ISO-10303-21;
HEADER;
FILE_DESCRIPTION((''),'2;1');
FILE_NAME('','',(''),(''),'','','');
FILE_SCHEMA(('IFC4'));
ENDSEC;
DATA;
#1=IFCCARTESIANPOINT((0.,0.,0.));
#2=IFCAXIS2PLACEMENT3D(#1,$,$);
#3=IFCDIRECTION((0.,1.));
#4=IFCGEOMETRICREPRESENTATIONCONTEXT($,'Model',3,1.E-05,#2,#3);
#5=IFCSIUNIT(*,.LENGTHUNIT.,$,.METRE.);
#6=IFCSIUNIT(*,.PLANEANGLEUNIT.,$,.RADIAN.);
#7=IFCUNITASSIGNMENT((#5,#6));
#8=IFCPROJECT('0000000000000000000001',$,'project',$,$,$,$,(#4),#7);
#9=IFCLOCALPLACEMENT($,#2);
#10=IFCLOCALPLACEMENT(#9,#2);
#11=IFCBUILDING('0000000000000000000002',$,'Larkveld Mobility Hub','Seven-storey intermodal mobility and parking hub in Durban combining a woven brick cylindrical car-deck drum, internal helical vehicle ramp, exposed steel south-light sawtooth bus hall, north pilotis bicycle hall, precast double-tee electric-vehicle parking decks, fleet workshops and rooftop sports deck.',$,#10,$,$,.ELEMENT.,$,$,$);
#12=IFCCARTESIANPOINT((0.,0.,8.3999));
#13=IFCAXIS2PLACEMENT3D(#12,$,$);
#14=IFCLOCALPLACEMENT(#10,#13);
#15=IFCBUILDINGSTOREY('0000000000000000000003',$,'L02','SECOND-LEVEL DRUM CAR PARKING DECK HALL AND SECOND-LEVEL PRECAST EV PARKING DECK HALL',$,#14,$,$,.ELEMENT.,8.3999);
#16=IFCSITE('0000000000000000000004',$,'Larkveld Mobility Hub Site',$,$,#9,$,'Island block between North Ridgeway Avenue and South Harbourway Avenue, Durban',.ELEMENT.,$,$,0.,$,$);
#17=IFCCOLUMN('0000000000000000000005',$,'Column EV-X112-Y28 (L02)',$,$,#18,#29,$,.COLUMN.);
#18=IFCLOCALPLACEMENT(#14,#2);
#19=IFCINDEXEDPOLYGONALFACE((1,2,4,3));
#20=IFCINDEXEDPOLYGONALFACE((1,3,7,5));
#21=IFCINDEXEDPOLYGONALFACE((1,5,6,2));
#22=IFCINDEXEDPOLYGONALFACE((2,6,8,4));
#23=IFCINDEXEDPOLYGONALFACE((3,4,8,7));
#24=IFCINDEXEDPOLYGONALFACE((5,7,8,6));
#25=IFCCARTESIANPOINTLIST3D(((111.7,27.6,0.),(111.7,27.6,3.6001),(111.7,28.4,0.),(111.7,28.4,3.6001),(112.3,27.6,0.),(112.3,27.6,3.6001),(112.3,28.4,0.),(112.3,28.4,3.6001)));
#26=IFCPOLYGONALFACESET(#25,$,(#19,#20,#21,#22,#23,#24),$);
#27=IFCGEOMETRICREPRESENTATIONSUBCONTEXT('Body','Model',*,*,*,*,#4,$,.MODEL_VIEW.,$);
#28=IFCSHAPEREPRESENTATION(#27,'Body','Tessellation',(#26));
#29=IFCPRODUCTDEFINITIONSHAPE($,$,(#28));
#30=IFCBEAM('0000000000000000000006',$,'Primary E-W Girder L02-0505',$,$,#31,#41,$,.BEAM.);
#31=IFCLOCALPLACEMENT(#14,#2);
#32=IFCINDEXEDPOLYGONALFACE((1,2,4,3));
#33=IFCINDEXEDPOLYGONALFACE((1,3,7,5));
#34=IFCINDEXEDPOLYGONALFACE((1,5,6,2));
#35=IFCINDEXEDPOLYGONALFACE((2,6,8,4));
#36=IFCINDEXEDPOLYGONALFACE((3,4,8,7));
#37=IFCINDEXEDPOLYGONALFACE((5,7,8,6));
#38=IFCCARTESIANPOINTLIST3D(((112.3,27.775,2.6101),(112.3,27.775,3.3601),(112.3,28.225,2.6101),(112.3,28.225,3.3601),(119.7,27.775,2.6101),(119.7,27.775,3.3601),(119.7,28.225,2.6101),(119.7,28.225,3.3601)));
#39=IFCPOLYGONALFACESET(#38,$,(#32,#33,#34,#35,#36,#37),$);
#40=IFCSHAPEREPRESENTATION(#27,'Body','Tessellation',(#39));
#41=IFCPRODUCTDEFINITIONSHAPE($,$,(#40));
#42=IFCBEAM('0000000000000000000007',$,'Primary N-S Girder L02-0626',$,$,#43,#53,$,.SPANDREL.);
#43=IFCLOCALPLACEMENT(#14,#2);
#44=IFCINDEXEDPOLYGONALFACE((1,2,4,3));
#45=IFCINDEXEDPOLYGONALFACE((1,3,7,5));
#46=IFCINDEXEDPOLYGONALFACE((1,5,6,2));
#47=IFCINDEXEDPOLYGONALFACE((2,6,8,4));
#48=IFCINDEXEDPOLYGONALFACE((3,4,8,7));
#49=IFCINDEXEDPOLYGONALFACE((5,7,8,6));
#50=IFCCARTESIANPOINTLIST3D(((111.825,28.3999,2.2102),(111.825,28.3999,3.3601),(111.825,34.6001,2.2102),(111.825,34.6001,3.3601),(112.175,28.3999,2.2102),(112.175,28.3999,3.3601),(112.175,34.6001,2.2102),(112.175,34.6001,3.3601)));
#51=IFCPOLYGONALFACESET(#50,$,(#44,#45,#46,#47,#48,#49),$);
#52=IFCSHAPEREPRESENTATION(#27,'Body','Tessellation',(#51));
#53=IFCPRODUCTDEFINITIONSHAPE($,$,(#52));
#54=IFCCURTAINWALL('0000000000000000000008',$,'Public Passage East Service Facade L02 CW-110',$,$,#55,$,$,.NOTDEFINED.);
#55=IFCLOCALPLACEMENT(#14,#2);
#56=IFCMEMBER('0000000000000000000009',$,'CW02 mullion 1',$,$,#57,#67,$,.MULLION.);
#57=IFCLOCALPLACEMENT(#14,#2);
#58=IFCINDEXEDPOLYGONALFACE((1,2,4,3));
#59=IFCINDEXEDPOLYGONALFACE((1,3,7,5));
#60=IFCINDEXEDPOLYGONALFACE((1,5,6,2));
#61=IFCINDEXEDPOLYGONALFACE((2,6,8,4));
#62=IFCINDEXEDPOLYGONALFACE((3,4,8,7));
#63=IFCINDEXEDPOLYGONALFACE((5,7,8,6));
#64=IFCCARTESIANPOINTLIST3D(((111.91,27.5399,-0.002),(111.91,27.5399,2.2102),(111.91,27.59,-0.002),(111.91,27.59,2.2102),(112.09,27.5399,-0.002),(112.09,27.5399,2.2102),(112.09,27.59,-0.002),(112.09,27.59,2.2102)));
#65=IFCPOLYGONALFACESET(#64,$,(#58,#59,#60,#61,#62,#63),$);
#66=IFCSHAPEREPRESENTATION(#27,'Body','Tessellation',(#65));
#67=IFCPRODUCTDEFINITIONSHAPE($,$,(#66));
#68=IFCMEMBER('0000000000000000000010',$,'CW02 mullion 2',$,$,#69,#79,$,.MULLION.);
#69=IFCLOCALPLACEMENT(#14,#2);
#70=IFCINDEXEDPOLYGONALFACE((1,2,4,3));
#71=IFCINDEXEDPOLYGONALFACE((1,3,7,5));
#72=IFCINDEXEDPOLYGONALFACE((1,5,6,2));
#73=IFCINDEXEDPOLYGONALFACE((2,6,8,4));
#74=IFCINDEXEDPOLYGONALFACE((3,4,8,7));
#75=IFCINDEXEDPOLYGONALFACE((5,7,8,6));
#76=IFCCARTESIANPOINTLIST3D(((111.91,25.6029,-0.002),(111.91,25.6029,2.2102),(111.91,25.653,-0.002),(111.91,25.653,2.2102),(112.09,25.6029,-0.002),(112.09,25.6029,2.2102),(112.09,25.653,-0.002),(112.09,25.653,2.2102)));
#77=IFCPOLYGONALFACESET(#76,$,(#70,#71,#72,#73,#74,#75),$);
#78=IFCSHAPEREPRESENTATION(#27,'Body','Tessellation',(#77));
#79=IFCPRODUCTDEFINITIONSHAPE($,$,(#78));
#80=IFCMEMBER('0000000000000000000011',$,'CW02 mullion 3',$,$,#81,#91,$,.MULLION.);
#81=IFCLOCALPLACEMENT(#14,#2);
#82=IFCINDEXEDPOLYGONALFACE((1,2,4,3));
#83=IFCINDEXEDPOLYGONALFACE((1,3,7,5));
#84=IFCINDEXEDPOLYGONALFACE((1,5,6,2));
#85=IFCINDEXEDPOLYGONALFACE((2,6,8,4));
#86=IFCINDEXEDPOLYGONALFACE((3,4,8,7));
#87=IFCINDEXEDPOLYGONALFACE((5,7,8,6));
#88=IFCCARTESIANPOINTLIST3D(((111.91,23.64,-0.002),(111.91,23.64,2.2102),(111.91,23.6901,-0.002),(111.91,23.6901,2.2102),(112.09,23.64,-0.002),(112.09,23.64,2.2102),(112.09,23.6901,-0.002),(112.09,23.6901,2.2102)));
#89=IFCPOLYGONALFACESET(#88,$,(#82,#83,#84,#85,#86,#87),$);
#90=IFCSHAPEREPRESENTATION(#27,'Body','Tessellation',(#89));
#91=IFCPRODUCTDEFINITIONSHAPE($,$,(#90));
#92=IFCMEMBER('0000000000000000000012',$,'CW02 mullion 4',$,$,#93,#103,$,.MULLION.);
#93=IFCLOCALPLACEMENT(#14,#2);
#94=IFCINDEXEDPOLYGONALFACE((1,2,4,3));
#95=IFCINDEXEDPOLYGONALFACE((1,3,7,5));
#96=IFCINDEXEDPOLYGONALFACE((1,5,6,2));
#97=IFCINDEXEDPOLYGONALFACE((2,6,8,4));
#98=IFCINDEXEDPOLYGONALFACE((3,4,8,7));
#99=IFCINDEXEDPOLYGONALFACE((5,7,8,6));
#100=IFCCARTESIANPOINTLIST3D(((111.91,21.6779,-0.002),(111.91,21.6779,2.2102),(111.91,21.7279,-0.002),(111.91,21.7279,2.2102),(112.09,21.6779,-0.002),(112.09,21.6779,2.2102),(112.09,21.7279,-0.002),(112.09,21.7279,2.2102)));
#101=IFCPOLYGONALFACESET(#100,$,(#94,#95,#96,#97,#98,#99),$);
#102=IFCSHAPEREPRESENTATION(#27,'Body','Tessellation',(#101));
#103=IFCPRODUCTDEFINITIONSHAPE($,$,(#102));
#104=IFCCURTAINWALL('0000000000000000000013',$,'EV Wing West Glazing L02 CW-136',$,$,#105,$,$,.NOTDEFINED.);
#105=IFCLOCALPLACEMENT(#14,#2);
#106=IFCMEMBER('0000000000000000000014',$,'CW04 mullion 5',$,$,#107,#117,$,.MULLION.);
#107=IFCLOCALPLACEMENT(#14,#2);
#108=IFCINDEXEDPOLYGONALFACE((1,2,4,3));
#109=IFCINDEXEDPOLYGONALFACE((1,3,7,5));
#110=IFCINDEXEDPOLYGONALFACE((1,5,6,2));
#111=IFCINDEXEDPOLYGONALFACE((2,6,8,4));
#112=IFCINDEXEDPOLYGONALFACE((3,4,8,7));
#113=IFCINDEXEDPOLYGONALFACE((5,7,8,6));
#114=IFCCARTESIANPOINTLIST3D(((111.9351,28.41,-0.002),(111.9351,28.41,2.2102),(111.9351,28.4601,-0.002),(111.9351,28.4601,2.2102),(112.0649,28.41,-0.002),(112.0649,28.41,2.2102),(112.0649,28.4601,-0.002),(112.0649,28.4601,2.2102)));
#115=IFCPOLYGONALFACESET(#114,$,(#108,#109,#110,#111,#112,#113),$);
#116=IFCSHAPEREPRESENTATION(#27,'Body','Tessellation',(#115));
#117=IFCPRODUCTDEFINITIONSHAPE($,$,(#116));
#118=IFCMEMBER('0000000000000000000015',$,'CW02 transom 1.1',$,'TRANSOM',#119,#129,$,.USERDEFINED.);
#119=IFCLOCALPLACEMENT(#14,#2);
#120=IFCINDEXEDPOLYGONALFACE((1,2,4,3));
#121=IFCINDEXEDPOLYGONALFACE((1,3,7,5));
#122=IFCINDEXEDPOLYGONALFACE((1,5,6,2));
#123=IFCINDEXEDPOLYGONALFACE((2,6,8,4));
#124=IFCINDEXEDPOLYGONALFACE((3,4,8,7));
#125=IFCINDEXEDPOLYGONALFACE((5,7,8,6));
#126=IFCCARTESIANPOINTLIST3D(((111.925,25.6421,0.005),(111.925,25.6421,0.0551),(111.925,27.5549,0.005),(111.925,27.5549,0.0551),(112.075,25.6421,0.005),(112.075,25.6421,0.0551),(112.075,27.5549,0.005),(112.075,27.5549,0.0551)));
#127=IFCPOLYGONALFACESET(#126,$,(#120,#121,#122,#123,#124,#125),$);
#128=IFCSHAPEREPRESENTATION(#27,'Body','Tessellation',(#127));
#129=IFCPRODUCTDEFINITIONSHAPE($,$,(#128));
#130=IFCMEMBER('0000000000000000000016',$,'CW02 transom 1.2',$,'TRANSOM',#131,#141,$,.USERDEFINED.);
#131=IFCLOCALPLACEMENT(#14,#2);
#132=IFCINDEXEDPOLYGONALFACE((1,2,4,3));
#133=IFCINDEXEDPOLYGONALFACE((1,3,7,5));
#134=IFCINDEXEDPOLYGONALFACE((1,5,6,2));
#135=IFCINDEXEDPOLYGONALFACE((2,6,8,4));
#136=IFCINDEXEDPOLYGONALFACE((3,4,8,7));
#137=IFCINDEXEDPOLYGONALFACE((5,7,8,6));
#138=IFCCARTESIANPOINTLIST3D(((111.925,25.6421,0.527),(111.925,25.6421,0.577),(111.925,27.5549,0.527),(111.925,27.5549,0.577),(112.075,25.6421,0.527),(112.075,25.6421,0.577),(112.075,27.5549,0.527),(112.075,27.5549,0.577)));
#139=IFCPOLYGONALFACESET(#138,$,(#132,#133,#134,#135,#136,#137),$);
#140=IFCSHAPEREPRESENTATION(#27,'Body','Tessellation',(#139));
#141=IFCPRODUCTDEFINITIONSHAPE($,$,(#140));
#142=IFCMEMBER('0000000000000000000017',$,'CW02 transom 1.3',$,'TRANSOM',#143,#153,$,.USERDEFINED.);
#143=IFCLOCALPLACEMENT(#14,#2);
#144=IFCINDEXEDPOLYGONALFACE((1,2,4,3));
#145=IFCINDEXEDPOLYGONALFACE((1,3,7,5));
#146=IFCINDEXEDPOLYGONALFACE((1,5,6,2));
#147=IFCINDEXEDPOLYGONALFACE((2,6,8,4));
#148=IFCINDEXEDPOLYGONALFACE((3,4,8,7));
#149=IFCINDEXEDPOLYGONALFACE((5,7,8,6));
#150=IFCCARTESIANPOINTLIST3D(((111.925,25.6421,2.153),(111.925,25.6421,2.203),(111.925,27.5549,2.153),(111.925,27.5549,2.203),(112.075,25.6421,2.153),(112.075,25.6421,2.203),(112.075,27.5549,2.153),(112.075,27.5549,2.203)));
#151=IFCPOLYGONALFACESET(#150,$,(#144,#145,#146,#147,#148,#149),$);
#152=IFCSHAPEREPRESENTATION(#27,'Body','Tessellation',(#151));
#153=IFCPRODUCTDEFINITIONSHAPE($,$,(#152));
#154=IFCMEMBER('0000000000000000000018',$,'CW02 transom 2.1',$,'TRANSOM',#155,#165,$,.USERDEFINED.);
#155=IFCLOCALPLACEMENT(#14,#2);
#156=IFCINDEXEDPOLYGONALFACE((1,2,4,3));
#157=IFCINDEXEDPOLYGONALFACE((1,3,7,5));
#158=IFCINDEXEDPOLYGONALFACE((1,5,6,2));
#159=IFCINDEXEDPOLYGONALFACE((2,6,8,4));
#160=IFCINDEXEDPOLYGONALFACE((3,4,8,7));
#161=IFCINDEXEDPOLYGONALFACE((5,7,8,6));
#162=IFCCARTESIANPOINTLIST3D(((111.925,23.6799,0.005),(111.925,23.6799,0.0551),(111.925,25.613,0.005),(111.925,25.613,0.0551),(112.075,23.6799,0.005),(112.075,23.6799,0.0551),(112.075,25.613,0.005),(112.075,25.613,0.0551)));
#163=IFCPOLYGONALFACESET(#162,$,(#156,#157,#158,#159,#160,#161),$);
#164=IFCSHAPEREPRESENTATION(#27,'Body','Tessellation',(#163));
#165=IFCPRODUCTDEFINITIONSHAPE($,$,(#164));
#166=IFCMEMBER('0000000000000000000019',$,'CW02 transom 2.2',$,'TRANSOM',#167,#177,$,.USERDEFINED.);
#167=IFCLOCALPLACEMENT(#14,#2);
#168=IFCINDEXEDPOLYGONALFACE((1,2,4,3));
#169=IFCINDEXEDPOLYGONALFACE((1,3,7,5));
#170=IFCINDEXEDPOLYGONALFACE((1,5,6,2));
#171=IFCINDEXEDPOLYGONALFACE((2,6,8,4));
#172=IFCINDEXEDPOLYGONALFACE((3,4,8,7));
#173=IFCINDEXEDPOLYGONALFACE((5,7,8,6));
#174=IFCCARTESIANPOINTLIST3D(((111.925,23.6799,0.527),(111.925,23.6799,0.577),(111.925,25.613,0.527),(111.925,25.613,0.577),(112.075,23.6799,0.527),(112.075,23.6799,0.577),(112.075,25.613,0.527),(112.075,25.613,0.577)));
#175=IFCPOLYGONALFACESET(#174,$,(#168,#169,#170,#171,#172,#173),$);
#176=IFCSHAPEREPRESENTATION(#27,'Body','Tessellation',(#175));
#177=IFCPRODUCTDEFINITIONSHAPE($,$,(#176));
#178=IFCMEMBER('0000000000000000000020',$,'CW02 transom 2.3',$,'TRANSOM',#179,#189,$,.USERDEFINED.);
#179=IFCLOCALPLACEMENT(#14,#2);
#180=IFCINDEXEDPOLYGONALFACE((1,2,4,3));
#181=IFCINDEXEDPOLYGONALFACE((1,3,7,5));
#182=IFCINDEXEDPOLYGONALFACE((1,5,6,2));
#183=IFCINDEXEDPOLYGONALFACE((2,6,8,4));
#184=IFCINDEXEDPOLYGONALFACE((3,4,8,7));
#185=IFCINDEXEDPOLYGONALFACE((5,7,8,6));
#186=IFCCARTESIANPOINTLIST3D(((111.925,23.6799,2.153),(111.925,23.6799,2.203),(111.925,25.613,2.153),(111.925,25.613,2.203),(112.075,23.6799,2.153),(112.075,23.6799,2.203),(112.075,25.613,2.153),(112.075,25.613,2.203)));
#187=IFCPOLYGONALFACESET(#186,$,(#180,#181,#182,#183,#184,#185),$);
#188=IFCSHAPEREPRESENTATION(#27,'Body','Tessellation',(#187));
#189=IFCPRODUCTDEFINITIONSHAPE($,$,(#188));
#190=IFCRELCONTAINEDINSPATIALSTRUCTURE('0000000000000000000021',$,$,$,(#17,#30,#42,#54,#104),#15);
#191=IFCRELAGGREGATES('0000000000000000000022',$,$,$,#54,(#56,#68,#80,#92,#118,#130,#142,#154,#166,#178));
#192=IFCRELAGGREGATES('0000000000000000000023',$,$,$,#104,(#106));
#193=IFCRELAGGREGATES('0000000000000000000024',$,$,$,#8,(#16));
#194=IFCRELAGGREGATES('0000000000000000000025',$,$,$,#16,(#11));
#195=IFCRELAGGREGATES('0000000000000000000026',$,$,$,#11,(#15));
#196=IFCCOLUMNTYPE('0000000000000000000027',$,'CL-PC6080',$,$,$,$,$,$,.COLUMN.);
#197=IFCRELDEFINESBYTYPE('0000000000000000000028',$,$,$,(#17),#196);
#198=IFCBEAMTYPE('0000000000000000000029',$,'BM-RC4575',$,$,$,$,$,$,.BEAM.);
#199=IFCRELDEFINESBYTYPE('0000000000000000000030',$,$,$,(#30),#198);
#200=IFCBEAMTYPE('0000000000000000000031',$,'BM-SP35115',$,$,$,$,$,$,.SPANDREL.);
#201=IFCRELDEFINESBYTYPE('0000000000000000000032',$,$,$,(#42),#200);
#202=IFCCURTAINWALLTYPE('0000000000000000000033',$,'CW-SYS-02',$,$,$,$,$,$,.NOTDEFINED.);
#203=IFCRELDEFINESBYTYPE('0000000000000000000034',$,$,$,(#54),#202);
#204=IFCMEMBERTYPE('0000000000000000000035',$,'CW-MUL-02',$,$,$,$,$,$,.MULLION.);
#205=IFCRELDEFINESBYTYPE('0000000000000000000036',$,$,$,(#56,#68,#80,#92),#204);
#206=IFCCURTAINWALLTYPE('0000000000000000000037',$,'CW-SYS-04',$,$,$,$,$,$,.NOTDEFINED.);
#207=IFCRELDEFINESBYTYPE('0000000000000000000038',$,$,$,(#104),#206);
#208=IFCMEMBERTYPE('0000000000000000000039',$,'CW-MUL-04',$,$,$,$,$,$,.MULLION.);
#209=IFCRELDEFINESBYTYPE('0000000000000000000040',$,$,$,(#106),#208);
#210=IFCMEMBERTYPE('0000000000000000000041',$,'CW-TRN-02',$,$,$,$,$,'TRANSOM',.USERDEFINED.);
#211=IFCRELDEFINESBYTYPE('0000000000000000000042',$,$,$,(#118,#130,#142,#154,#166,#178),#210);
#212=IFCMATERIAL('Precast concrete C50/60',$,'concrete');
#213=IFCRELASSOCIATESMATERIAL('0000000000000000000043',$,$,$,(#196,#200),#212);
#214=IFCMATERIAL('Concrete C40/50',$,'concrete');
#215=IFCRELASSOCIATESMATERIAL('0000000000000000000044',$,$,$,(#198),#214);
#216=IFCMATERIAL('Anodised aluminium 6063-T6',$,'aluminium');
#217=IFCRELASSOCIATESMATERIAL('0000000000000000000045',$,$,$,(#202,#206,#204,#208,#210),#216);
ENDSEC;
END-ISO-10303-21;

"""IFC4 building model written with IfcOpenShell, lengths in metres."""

from ifc_helpers import new_model, si_unit, direction, frame, origin, origin_2d, place, context, subcontext, project, spatial, rectangle, extrude, material, material_profile, profile_set, type_object, element, aggregate, save


model = new_model("IFC4")

# Units and contexts
model_context = context("Model", 3, precision=1e-05, world=origin(), true_north=direction((0.0, 1.0)))
body_context = subcontext(model_context, "Body", "Model", "MODEL_VIEW")
ifc_project = project(units=[si_unit("LENGTHUNIT", "METRE"), si_unit("PLANEANGLEUNIT", "RADIAN")], contexts=[model_context])

# Site, building, storey
site_placement = place(None, origin())
site = spatial("IfcSite", under=ifc_project, at=site_placement, Name="Larkveld Mobility Hub Site", LongName="Island block between North Ridgeway Avenue and South Harbourway Avenue, Durban", CompositionType="ELEMENT", RefElevation=0.0)
building_placement = place(site_placement, origin())
building = spatial("IfcBuilding", under=site, at=building_placement, Name="Larkveld Mobility Hub", Description="Seven-storey intermodal mobility and parking hub in Durban combining a woven brick cylindrical car-deck drum, internal helical vehicle ramp, exposed steel south-light sawtooth bus hall, north pilotis bicycle hall, precast double-tee electric-vehicle parking decks, fleet workshops and rooftop sports deck.", CompositionType="ELEMENT")
storey_placement = place(building_placement, frame((0.0, 0.0, 8.3999)))
storey = spatial("IfcBuildingStorey", under=building, at=storey_placement, Name="L02", Description="SECOND-LEVEL DRUM CAR PARKING DECK HALL AND SECOND-LEVEL PRECAST EV PARKING DECK HALL", CompositionType="ELEMENT", Elevation=8.3999)

# Column
ifc_material_1 = material(Name="Precast concrete C50/60", Category="concrete")
ifc_material_profile_1 = material_profile(ifc_material_1, rectangle(XDim=0.6001, YDim=0.8, at=origin_2d()), Name="RC COL 600x800")
ifc_profile_set_1 = profile_set([ifc_material_profile_1], Name="Precast concrete C50/60")
column_type = type_object("IfcColumnType", Name="CL-PC6080", PredefinedType="COLUMN", material=ifc_profile_set_1)
column_placement = place(storey_placement, frame((112.0, 28.0, 0.0), z_axis=(0.0, 0.0, 1.0), x_axis=(1.0, 0.0, 0.0)))
element("IfcColumn", 1, at=column_placement, inside=storey, type_object=column_type, Name="Column EV-X112-Y28 (L02)", PredefinedType="COLUMN", context=body_context, shape_type="SweptSolid", body=[
    extrude(rectangle(XDim=0.6001, YDim=0.8, at=origin_2d()), origin(), (0.0, 0.0, 1.0), 3.6001),
])

# Beams
ifc_material_2 = material(Name="Concrete C40/50", Category="concrete")
ifc_material_profile_2 = material_profile(ifc_material_2, rectangle(XDim=0.45, YDim=0.75, at=origin_2d()), Name="RC BM 450x750")
ifc_profile_set_2 = profile_set([ifc_material_profile_2], Name="Concrete C40/50")
beam_type_1 = type_object("IfcBeamType", Name="BM-RC4575", PredefinedType="BEAM", material=ifc_profile_set_2)
beam_1_placement = place(storey_placement, frame((112.3, 28.0, 2.9851), z_axis=(1.0, 0.0, 0.0), x_axis=(0.0, 1.0, 0.0)))
element("IfcBeam", 2, at=beam_1_placement, inside=storey, type_object=beam_type_1, Name="Primary E-W Girder L02-0505", PredefinedType="BEAM", context=body_context, shape_type="SweptSolid", body=[
    extrude(rectangle(XDim=0.45, YDim=0.75, at=origin_2d()), origin(), (0.0, 0.0, 1.0), 7.3999),
])
ifc_material_profile_3 = material_profile(ifc_material_1, rectangle(XDim=0.3501, YDim=1.1499, at=origin_2d()), Name="PC SP 350x1150")
ifc_profile_set_3 = profile_set([ifc_material_profile_3], Name="Precast concrete C50/60")
beam_type_2 = type_object("IfcBeamType", Name="BM-SP35115", PredefinedType="SPANDREL", material=ifc_profile_set_3)
beam_2_placement = place(storey_placement, frame((112.0, 28.3999, 2.7852), z_axis=(0.0, 1.0, 0.0), x_axis=(-1.0, 0.0, 0.0)))
element("IfcBeam", 3, at=beam_2_placement, inside=storey, type_object=beam_type_2, Name="Primary N-S Girder L02-0626", PredefinedType="SPANDREL", context=body_context, shape_type="SweptSolid", body=[
    extrude(rectangle(XDim=0.3501, YDim=1.1499, at=origin_2d()), origin(), (0.0, 0.0, 1.0), 6.2002),
])

# Curtain wall, members
ifc_material_3 = material(Name="Anodised aluminium 6063-T6", Category="aluminium")
curtain_wall_type_1 = type_object("IfcCurtainWallType", Name="CW-SYS-02", PredefinedType="NOTDEFINED", material=ifc_material_3)
curtain_wall_1_placement = place(storey_placement, origin())
curtain_wall_1 = element("IfcCurtainWall", 4, at=curtain_wall_1_placement, inside=storey, type_object=curtain_wall_type_1, Name="Public Passage East Service Facade L02 CW-110", PredefinedType="NOTDEFINED")
ifc_material_profile_4 = material_profile(ifc_material_3, rectangle(XDim=0.05, YDim=0.1799, at=origin_2d()), Name="ALU MULL 50x180")
ifc_profile_set_4 = profile_set([ifc_material_profile_4], Name="Anodised aluminium 6063-T6")
member_type_1 = type_object("IfcMemberType", Name="CW-MUL-02", PredefinedType="MULLION", material=ifc_profile_set_4)
member_1_placement = place(storey_placement, frame((112.0, 27.5649, -0.002), z_axis=(0.0, 0.0, 1.0), x_axis=(0.0, -1.0, 0.0)))
member_1 = element("IfcMember", 5, at=member_1_placement, type_object=member_type_1, Name="CW02 mullion 1", PredefinedType="MULLION", context=body_context, shape_type="SweptSolid", body=[
    extrude(rectangle(XDim=0.05, YDim=0.1799, at=origin_2d()), origin(), (0.0, 0.0, 1.0), 2.2122),
])
member_2_placement = place(storey_placement, frame((112.0, 25.6279, -0.002), z_axis=(0.0, 0.0, 1.0), x_axis=(0.0, -1.0, 0.0)))
member_2 = element("IfcMember", 6, at=member_2_placement, type_object=member_type_1, Name="CW02 mullion 2", PredefinedType="MULLION", context=body_context, shape_type="SweptSolid", body=[
    extrude(rectangle(XDim=0.05, YDim=0.1799, at=origin_2d()), origin(), (0.0, 0.0, 1.0), 2.2122),
])
member_3_placement = place(storey_placement, frame((112.0, 23.665, -0.002), z_axis=(0.0, 0.0, 1.0), x_axis=(0.0, -1.0, 0.0)))
member_3 = element("IfcMember", 7, at=member_3_placement, type_object=member_type_1, Name="CW02 mullion 3", PredefinedType="MULLION", context=body_context, shape_type="SweptSolid", body=[
    extrude(rectangle(XDim=0.05, YDim=0.1799, at=origin_2d()), origin(), (0.0, 0.0, 1.0), 2.2122),
])
member_4_placement = place(storey_placement, frame((112.0, 21.7029, -0.002), z_axis=(0.0, 0.0, 1.0), x_axis=(0.0, -1.0, 0.0)))
member_4 = element("IfcMember", 8, at=member_4_placement, type_object=member_type_1, Name="CW02 mullion 4", PredefinedType="MULLION", context=body_context, shape_type="SweptSolid", body=[
    extrude(rectangle(XDim=0.05, YDim=0.1799, at=origin_2d()), origin(), (0.0, 0.0, 1.0), 2.2122),
])

# Curtain wall, member
curtain_wall_type_2 = type_object("IfcCurtainWallType", Name="CW-SYS-04", PredefinedType="NOTDEFINED", material=ifc_material_3)
curtain_wall_2_placement = place(storey_placement, origin())
curtain_wall_2 = element("IfcCurtainWall", 9, at=curtain_wall_2_placement, inside=storey, type_object=curtain_wall_type_2, Name="EV Wing West Glazing L02 CW-136", PredefinedType="NOTDEFINED")
ifc_material_profile_5 = material_profile(ifc_material_3, rectangle(XDim=0.05, YDim=0.1299, at=origin_2d()), Name="ALU MULL 50x130")
ifc_profile_set_5 = profile_set([ifc_material_profile_5], Name="Anodised aluminium 6063-T6")
member_type_2 = type_object("IfcMemberType", Name="CW-MUL-04", PredefinedType="MULLION", material=ifc_profile_set_5)
member_5_placement = place(storey_placement, frame((112.0, 28.4351, -0.002), z_axis=(0.0, 0.0, 1.0), x_axis=(0.0, -1.0, 0.0)))
member_5 = element("IfcMember", 10, at=member_5_placement, type_object=member_type_2, Name="CW04 mullion 5", PredefinedType="MULLION", context=body_context, shape_type="SweptSolid", body=[
    extrude(rectangle(XDim=0.05, YDim=0.1299, at=origin_2d()), origin(), (0.0, 0.0, 1.0), 2.2122),
])

# Members
ifc_material_profile_6 = material_profile(ifc_material_3, rectangle(XDim=0.1499, YDim=0.05, at=origin_2d()), Name="ALU TRAN 50x150")
ifc_profile_set_6 = profile_set([ifc_material_profile_6], Name="Anodised aluminium 6063-T6")
member_type_3 = type_object("IfcMemberType", Name="CW-TRN-02", ElementType="TRANSOM", PredefinedType="USERDEFINED", material=ifc_profile_set_6)
member_6_placement = place(storey_placement, frame((112.0, 27.5549, 0.03), z_axis=(0.0, -1.0, 0.0), x_axis=(1.0, 0.0, 0.0)))
member_6 = element("IfcMember", 11, at=member_6_placement, type_object=member_type_3, Name="CW02 transom 1.1", ObjectType="TRANSOM", PredefinedType="USERDEFINED", context=body_context, shape_type="SweptSolid", body=[
    extrude(rectangle(XDim=0.1499, YDim=0.05, at=origin_2d()), origin(), (0.0, 0.0, 1.0), 1.9128),
])
member_7_placement = place(storey_placement, frame((112.0, 27.5549, 0.552), z_axis=(0.0, -1.0, 0.0), x_axis=(1.0, 0.0, 0.0)))
member_7 = element("IfcMember", 12, at=member_7_placement, type_object=member_type_3, Name="CW02 transom 1.2", ObjectType="TRANSOM", PredefinedType="USERDEFINED", context=body_context, shape_type="SweptSolid", body=[
    extrude(rectangle(XDim=0.1499, YDim=0.05, at=origin_2d()), origin(), (0.0, 0.0, 1.0), 1.9128),
])
member_8_placement = place(storey_placement, frame((112.0, 27.5549, 2.178), z_axis=(0.0, -1.0, 0.0), x_axis=(1.0, 0.0, 0.0)))
member_8 = element("IfcMember", 13, at=member_8_placement, type_object=member_type_3, Name="CW02 transom 1.3", ObjectType="TRANSOM", PredefinedType="USERDEFINED", context=body_context, shape_type="SweptSolid", body=[
    extrude(rectangle(XDim=0.1499, YDim=0.05, at=origin_2d()), origin(), (0.0, 0.0, 1.0), 1.9128),
])
member_9_placement = place(storey_placement, frame((112.0, 25.613, 0.03), z_axis=(0.0, -1.0, 0.0), x_axis=(1.0, 0.0, 0.0)))
member_9 = element("IfcMember", 14, at=member_9_placement, type_object=member_type_3, Name="CW02 transom 2.1", ObjectType="TRANSOM", PredefinedType="USERDEFINED", context=body_context, shape_type="SweptSolid", body=[
    extrude(rectangle(XDim=0.1499, YDim=0.05, at=origin_2d()), origin(), (0.0, 0.0, 1.0), 1.9331),
])
member_10_placement = place(storey_placement, frame((112.0, 25.613, 0.552), z_axis=(0.0, -1.0, 0.0), x_axis=(1.0, 0.0, 0.0)))
member_10 = element("IfcMember", 15, at=member_10_placement, type_object=member_type_3, Name="CW02 transom 2.2", ObjectType="TRANSOM", PredefinedType="USERDEFINED", context=body_context, shape_type="SweptSolid", body=[
    extrude(rectangle(XDim=0.1499, YDim=0.05, at=origin_2d()), origin(), (0.0, 0.0, 1.0), 1.9331),
])
member_11_placement = place(storey_placement, frame((112.0, 25.613, 2.178), z_axis=(0.0, -1.0, 0.0), x_axis=(1.0, 0.0, 0.0)))
member_11 = element("IfcMember", 16, at=member_11_placement, type_object=member_type_3, Name="CW02 transom 2.3", ObjectType="TRANSOM", PredefinedType="USERDEFINED", context=body_context, shape_type="SweptSolid", body=[
    extrude(rectangle(XDim=0.1499, YDim=0.05, at=origin_2d()), origin(), (0.0, 0.0, 1.0), 1.9331),
])

aggregate(curtain_wall_1, [member_1, member_2, member_3, member_4, member_6, member_7, member_8, member_9, member_10, member_11])
aggregate(curtain_wall_2, [member_5])

save(model, "model.ifc")
